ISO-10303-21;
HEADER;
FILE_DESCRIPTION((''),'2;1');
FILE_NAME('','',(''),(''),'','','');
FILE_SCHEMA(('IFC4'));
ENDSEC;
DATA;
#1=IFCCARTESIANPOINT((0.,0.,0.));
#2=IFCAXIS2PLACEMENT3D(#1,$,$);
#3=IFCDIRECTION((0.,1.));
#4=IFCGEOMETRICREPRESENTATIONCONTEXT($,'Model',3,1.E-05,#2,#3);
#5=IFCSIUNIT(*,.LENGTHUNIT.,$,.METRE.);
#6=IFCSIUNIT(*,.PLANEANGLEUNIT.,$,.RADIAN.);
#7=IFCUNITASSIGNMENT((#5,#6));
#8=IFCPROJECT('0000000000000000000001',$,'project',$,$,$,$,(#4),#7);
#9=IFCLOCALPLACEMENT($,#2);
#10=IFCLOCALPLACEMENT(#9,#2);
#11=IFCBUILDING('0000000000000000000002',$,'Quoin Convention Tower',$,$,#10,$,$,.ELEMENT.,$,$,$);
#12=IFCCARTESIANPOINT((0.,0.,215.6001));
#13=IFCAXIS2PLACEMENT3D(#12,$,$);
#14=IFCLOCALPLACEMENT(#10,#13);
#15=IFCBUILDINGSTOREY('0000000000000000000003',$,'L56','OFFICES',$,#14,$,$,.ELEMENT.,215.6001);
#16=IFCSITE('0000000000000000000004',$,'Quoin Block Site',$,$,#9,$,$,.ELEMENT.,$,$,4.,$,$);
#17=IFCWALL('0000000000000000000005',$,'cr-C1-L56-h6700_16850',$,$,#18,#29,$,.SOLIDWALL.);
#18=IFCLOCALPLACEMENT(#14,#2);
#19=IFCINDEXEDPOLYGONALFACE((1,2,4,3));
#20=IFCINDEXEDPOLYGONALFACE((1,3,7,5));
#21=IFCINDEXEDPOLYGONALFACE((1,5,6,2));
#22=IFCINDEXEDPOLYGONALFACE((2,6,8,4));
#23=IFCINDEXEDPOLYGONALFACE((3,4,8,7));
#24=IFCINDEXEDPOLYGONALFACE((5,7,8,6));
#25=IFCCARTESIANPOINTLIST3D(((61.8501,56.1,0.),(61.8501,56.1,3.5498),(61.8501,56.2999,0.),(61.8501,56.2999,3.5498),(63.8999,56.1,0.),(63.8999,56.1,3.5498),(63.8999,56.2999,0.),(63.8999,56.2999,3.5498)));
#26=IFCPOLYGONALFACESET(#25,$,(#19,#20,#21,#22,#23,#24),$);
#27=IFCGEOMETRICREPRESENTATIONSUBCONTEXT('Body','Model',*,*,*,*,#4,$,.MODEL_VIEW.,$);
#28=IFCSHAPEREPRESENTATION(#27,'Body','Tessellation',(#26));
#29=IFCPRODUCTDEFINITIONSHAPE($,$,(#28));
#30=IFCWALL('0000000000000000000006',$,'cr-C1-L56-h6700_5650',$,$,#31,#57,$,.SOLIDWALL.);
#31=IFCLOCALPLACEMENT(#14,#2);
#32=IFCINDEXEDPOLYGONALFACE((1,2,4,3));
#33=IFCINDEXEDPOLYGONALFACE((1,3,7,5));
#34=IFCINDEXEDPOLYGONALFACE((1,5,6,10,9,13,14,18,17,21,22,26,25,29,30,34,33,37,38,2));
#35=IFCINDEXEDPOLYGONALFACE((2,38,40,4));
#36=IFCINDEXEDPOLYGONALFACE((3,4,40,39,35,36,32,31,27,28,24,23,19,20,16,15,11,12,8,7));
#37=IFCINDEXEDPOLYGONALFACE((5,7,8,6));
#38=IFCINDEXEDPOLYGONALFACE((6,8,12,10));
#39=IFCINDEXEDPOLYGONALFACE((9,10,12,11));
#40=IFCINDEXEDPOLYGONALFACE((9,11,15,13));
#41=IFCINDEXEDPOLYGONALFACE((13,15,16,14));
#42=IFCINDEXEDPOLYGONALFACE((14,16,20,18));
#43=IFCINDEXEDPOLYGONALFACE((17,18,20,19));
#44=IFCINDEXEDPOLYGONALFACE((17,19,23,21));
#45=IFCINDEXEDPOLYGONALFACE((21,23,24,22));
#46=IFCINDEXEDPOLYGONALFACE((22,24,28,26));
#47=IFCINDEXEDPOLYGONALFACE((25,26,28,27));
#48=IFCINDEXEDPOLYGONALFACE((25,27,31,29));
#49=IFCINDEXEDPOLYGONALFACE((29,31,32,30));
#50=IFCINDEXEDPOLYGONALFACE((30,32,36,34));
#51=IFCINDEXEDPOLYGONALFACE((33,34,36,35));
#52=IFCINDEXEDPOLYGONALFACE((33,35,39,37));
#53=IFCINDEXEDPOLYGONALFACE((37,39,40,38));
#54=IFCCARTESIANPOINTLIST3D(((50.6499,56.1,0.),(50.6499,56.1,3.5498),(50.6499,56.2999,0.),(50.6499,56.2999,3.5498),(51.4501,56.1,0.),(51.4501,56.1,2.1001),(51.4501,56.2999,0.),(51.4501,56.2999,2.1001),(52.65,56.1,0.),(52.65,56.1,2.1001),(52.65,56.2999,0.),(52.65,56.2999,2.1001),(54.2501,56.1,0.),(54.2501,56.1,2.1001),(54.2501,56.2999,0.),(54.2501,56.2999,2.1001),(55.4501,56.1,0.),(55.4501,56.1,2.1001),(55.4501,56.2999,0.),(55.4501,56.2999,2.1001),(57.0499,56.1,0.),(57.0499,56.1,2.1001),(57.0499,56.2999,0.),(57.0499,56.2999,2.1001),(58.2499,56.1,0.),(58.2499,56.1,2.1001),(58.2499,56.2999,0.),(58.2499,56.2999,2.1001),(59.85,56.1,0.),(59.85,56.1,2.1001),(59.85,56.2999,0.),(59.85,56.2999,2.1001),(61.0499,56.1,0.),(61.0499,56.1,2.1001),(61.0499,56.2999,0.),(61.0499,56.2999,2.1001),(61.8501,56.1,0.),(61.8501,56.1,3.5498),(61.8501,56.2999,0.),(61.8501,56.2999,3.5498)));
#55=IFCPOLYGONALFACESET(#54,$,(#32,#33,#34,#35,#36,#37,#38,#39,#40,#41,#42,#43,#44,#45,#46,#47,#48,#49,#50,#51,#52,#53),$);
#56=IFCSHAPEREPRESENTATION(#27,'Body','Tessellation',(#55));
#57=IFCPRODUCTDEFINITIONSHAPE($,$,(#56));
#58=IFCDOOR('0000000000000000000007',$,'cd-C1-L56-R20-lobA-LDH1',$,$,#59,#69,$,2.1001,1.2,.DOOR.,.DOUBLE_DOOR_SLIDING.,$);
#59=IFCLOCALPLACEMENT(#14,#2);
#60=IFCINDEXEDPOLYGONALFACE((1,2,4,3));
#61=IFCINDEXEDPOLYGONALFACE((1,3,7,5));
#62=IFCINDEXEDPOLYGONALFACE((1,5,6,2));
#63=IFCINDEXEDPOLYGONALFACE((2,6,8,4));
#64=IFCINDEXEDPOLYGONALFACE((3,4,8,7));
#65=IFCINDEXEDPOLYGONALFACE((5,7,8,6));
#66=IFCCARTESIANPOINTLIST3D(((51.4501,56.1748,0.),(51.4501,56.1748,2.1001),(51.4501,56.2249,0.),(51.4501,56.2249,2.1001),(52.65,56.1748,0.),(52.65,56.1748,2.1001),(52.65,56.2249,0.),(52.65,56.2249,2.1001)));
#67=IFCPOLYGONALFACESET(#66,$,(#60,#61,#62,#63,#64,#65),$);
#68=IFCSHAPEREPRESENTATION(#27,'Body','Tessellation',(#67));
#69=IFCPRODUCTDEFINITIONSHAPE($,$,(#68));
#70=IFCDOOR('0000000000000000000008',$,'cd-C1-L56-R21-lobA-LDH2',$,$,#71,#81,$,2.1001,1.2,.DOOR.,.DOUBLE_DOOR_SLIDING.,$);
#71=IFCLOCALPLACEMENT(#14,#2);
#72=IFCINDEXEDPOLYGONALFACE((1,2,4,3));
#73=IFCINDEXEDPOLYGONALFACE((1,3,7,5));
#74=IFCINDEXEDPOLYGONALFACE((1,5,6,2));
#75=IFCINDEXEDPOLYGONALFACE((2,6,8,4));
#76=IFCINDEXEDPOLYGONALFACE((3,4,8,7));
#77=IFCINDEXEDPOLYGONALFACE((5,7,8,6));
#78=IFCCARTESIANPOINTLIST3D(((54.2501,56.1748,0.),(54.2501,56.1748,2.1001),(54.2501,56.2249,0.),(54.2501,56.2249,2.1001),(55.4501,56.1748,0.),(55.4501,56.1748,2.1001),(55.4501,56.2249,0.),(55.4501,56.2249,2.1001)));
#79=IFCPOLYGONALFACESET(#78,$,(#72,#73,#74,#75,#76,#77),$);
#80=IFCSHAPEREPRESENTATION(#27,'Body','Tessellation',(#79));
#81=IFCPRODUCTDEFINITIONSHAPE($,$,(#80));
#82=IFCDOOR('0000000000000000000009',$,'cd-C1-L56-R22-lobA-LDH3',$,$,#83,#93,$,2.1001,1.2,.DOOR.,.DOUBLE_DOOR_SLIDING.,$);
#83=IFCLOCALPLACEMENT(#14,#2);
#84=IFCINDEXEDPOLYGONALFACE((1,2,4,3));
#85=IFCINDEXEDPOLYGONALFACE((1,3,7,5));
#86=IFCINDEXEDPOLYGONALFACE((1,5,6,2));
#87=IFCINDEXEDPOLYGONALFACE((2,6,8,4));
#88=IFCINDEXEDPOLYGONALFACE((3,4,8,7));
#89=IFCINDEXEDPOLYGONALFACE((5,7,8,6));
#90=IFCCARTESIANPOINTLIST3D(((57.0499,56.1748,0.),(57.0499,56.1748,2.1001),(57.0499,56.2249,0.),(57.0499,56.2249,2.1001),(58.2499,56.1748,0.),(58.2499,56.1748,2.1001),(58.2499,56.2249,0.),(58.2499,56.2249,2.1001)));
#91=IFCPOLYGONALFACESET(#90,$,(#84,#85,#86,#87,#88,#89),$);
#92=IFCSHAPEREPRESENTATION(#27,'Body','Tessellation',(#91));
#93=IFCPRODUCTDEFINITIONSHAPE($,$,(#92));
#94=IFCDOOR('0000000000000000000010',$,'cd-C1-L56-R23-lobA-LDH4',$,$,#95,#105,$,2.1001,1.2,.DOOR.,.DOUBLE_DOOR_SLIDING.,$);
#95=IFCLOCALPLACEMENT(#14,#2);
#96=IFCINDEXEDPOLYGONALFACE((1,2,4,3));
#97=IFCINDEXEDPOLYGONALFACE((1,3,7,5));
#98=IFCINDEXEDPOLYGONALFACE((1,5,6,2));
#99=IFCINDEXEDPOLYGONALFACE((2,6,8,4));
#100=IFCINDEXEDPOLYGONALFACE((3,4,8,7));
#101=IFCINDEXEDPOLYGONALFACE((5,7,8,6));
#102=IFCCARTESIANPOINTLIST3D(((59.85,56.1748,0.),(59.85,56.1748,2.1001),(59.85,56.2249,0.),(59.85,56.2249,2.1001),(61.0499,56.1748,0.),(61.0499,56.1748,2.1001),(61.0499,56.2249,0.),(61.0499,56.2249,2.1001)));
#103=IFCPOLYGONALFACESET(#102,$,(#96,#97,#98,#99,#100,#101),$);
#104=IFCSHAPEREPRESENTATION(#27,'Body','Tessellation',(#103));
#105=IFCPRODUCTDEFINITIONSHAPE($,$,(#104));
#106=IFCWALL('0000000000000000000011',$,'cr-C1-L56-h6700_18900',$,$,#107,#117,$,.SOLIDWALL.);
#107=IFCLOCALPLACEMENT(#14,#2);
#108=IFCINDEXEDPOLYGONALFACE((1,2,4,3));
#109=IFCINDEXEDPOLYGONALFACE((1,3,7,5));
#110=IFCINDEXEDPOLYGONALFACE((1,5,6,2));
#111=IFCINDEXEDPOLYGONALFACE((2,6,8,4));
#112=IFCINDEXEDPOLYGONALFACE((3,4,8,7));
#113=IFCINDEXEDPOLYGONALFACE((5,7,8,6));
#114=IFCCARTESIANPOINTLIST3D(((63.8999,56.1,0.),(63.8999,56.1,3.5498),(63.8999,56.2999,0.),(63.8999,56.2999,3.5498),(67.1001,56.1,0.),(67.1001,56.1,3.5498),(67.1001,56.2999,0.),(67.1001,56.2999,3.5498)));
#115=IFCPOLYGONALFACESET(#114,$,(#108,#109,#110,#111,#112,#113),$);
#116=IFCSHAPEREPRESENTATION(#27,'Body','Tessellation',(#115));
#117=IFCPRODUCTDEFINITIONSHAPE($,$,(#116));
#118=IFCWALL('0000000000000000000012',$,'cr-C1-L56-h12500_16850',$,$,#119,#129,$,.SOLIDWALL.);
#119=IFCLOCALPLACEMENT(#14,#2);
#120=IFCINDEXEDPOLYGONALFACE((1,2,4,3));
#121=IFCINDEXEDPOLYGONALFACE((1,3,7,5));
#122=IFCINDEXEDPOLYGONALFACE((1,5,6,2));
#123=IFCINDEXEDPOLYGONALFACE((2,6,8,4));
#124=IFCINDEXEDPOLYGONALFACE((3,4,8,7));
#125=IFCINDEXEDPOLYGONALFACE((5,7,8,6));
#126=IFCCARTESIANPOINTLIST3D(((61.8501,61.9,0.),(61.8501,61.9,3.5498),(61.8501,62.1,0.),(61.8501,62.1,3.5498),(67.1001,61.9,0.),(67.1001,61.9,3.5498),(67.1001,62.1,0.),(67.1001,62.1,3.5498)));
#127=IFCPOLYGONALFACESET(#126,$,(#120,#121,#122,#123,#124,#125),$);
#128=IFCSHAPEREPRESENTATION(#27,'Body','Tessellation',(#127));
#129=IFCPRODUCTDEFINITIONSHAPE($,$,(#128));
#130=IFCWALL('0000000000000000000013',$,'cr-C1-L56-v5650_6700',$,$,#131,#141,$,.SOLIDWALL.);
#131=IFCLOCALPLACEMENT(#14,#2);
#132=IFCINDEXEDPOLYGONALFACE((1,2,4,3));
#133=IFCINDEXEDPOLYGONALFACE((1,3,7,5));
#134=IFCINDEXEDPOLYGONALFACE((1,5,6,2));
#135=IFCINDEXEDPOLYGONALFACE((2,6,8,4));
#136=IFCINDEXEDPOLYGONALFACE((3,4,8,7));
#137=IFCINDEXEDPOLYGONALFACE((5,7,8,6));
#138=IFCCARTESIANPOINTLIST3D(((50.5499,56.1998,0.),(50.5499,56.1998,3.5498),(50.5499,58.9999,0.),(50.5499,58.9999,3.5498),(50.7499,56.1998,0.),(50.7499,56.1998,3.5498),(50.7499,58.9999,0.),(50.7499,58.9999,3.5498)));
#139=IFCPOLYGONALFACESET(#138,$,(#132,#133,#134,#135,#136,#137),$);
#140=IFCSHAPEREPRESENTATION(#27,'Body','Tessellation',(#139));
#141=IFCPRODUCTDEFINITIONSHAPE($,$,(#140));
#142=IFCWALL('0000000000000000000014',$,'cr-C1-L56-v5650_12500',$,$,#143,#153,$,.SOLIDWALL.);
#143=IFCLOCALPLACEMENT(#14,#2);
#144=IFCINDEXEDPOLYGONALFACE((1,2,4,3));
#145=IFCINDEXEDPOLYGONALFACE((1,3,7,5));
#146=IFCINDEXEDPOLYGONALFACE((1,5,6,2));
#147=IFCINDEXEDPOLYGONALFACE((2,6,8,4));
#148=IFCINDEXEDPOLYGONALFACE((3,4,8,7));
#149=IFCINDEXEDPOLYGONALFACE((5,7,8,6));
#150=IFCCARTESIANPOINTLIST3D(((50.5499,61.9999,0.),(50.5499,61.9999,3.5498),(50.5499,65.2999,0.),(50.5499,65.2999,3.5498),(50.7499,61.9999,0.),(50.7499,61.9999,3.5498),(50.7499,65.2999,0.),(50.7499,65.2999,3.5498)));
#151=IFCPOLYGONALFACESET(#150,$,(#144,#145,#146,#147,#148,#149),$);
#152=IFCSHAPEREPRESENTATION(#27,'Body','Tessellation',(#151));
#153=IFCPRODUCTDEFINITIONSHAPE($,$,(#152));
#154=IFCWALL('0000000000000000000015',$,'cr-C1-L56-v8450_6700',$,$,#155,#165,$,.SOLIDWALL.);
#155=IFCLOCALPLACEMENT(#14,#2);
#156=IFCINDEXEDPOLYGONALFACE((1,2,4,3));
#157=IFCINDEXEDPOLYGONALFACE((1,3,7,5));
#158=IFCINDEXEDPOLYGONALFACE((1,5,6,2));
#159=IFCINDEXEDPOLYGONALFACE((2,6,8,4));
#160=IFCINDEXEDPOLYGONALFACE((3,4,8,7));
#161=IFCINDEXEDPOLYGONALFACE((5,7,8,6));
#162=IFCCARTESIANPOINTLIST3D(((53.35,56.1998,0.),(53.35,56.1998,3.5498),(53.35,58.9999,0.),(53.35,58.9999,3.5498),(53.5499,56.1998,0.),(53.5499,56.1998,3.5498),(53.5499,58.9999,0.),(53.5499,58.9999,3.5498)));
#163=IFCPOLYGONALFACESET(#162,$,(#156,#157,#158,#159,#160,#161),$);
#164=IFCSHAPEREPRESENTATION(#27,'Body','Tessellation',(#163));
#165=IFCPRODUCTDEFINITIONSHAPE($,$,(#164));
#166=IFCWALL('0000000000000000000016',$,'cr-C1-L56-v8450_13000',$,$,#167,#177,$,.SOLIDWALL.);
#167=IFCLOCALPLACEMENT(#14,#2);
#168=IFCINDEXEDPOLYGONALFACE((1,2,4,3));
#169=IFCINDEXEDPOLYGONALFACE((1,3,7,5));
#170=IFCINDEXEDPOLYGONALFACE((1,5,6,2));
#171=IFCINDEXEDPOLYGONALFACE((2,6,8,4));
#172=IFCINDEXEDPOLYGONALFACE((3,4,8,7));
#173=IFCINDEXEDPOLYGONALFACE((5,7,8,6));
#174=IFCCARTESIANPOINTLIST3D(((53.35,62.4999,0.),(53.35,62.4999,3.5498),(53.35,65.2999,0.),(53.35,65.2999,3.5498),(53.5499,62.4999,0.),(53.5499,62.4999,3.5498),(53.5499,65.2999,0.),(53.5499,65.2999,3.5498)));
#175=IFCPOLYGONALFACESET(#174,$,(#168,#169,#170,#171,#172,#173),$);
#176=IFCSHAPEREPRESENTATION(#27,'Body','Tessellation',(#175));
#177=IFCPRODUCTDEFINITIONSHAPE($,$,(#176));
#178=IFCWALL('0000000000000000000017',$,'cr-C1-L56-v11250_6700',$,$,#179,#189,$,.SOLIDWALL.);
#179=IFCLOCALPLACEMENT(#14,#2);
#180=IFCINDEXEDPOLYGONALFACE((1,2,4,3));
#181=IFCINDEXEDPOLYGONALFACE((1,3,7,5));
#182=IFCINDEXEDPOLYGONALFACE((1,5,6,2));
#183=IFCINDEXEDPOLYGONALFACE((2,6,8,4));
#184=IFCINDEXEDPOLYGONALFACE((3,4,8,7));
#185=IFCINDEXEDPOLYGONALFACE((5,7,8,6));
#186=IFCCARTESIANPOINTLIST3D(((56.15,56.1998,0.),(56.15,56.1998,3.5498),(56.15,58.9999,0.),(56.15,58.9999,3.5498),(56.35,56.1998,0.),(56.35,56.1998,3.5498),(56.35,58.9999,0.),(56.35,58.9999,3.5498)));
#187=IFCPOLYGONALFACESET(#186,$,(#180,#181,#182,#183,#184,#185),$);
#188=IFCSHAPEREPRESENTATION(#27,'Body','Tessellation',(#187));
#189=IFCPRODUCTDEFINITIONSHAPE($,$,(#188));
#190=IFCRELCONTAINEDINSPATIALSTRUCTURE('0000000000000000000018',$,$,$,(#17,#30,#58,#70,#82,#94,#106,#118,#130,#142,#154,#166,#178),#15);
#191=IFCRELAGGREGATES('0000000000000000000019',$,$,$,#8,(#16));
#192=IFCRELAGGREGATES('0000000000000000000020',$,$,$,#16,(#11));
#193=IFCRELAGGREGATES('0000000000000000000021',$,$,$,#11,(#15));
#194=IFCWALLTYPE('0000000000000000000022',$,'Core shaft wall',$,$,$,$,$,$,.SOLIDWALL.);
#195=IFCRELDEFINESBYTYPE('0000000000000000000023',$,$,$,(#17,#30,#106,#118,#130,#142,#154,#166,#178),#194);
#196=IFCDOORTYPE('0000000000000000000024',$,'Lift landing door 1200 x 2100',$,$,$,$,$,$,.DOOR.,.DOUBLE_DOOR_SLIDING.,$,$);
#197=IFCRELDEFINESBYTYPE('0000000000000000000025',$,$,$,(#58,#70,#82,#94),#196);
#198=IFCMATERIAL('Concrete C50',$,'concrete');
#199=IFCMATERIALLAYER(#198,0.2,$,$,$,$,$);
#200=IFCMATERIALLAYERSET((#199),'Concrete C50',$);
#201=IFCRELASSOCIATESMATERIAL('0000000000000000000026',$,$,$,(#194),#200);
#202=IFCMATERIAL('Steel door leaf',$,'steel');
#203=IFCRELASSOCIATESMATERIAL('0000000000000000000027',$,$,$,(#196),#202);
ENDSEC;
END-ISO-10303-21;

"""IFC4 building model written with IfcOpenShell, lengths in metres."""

from ifc_helpers import new_model, si_unit, direction, frame, frame_2d, origin, place, context, subcontext, project, spatial, rectangle, extrude, material, layer, layer_set, type_object, element, fill, save


model = new_model("IFC4")

# Units and contexts
model_context = context("Model", 3, precision=1e-05, world=origin(), true_north=direction((0.0, 1.0)))
body_context = subcontext(model_context, "Body", "Model", "MODEL_VIEW")
ifc_project = project(units=[si_unit("LENGTHUNIT", "METRE"), si_unit("PLANEANGLEUNIT", "RADIAN")], contexts=[model_context])

# Site, building, storey
site_placement = place(None, origin())
site = spatial("IfcSite", under=ifc_project, at=site_placement, Name="Quoin Block Site", CompositionType="ELEMENT", RefElevation=4.0)
building_placement = place(site_placement, origin())
building = spatial("IfcBuilding", under=site, at=building_placement, Name="Quoin Convention Tower", CompositionType="ELEMENT")
storey_placement = place(building_placement, frame((0.0, 0.0, 215.6001)))
storey = spatial("IfcBuildingStorey", under=building, at=storey_placement, Name="L56", Description="OFFICES", CompositionType="ELEMENT", Elevation=215.6001)

# Wall
ifc_material_1 = material(Name="Concrete C50", Category="concrete")
ifc_layer_1 = layer(ifc_material_1, 0.2)
ifc_layer_set_1 = layer_set([ifc_layer_1], Name="Concrete C50")
wall_type_1 = type_object("IfcWallType", Name="Core shaft wall", PredefinedType="SOLIDWALL", material=ifc_layer_set_1)
wall_1_placement = place(storey_placement, frame((61.8501, 56.2, 0.0), z_axis=(0.0, 0.0, 1.0), x_axis=(1.0, 0.0, 0.0)))
element("IfcWall", 1, at=wall_1_placement, inside=storey, type_object=wall_type_1, Name="cr-C1-L56-h6700_16850", PredefinedType="SOLIDWALL", context=body_context, shape_type="SweptSolid", body=[
    extrude(rectangle(XDim=2.0498, YDim=0.2, at=frame_2d((1.0249, 0.0))), origin(), (0.0, 0.0, 1.0), 3.5498),
])

# Wall, openings, doors
wall_2_placement = place(storey_placement, frame((50.6499, 56.2, 0.0), z_axis=(0.0, 0.0, 1.0), x_axis=(1.0, 0.0, 0.0)))
wall_2 = element("IfcWall", 2, at=wall_2_placement, inside=storey, type_object=wall_type_1, Name="cr-C1-L56-h6700_5650", PredefinedType="SOLIDWALL", context=body_context, shape_type="SweptSolid", body=[
    extrude(rectangle(XDim=11.2002, YDim=0.2, at=frame_2d((5.6001, 0.0))), origin(), (0.0, 0.0, 1.0), 3.5498),
])
opening_1_placement = place(wall_2_placement, frame((0.8, 0.0, 0.0)))
opening_1 = element("IfcOpeningElement", 3, at=opening_1_placement, cuts=wall_2, PredefinedType="OPENING", context=body_context, shape_type="SweptSolid", body=[
    extrude(rectangle(XDim=1.2, YDim=2.1001, at=frame_2d((0.6001, 1.05))), frame((0.0, 0.1099, 0.0), z_axis=(0.0, -1.0, 0.0), x_axis=(1.0, 0.0, 0.0)), (0.0, 0.0, 1.0), 0.22),
])
opening_2_placement = place(wall_2_placement, frame((3.6001, 0.0, 0.0)))
opening_2 = element("IfcOpeningElement", 4, at=opening_2_placement, cuts=wall_2, PredefinedType="OPENING", context=body_context, shape_type="SweptSolid", body=[
    extrude(rectangle(XDim=1.2, YDim=2.1001, at=frame_2d((0.6001, 1.05))), frame((0.0, 0.1099, 0.0), z_axis=(0.0, -1.0, 0.0), x_axis=(1.0, 0.0, 0.0)), (0.0, 0.0, 1.0), 0.22),
])
opening_3_placement = place(wall_2_placement, frame((6.3999, 0.0, 0.0)))
opening_3 = element("IfcOpeningElement", 5, at=opening_3_placement, cuts=wall_2, PredefinedType="OPENING", context=body_context, shape_type="SweptSolid", body=[
    extrude(rectangle(XDim=1.2, YDim=2.1001, at=frame_2d((0.6001, 1.05))), frame((0.0, 0.1099, 0.0), z_axis=(0.0, -1.0, 0.0), x_axis=(1.0, 0.0, 0.0)), (0.0, 0.0, 1.0), 0.22),
])
opening_4_placement = place(wall_2_placement, frame((9.2, 0.0, 0.0)))
opening_4 = element("IfcOpeningElement", 6, at=opening_4_placement, cuts=wall_2, PredefinedType="OPENING", context=body_context, shape_type="SweptSolid", body=[
    extrude(rectangle(XDim=1.2, YDim=2.1001, at=frame_2d((0.6001, 1.05))), frame((0.0, 0.1099, 0.0), z_axis=(0.0, -1.0, 0.0), x_axis=(1.0, 0.0, 0.0)), (0.0, 0.0, 1.0), 0.22),
])
ifc_material_2 = material(Name="Steel door leaf", Category="steel")
door_type_1 = type_object("IfcDoorType", Name="Lift landing door 1200 x 2100", OperationType="DOUBLE_DOOR_SLIDING", PredefinedType="DOOR", material=ifc_material_2)
door_1_placement = place(opening_1_placement, origin())
door_1 = element("IfcDoor", 7, at=door_1_placement, inside=storey, type_object=door_type_1, Name="cd-C1-L56-R20-lobA-LDH1", OperationType="DOUBLE_DOOR_SLIDING", OverallHeight=2.1001, OverallWidth=1.2, PredefinedType="DOOR", context=body_context, shape_type="SweptSolid", body=[
    extrude(rectangle(XDim=1.2, YDim=2.1001, at=frame_2d((0.6001, 1.05))), frame((0.0, 0.0249, 0.0), z_axis=(0.0, -1.0, 0.0), x_axis=(1.0, 0.0, 0.0)), (0.0, 0.0, 1.0), 0.05),
])
fill(opening_1, door_1)
door_2_placement = place(opening_2_placement, origin())
door_2 = element("IfcDoor", 8, at=door_2_placement, inside=storey, type_object=door_type_1, Name="cd-C1-L56-R21-lobA-LDH2", OperationType="DOUBLE_DOOR_SLIDING", OverallHeight=2.1001, OverallWidth=1.2, PredefinedType="DOOR", context=body_context, shape_type="SweptSolid", body=[
    extrude(rectangle(XDim=1.2, YDim=2.1001, at=frame_2d((0.6001, 1.05))), frame((0.0, 0.0249, 0.0), z_axis=(0.0, -1.0, 0.0), x_axis=(1.0, 0.0, 0.0)), (0.0, 0.0, 1.0), 0.05),
])
fill(opening_2, door_2)
door_3_placement = place(opening_3_placement, origin())
door_3 = element("IfcDoor", 9, at=door_3_placement, inside=storey, type_object=door_type_1, Name="cd-C1-L56-R22-lobA-LDH3", OperationType="DOUBLE_DOOR_SLIDING", OverallHeight=2.1001, OverallWidth=1.2, PredefinedType="DOOR", context=body_context, shape_type="SweptSolid", body=[
    extrude(rectangle(XDim=1.2, YDim=2.1001, at=frame_2d((0.6001, 1.05))), frame((0.0, 0.0249, 0.0), z_axis=(0.0, -1.0, 0.0), x_axis=(1.0, 0.0, 0.0)), (0.0, 0.0, 1.0), 0.05),
])
fill(opening_3, door_3)
door_4_placement = place(opening_4_placement, origin())
door_4 = element("IfcDoor", 10, at=door_4_placement, inside=storey, type_object=door_type_1, Name="cd-C1-L56-R23-lobA-LDH4", OperationType="DOUBLE_DOOR_SLIDING", OverallHeight=2.1001, OverallWidth=1.2, PredefinedType="DOOR", context=body_context, shape_type="SweptSolid", body=[
    extrude(rectangle(XDim=1.2, YDim=2.1001, at=frame_2d((0.6001, 1.05))), frame((0.0, 0.0249, 0.0), z_axis=(0.0, -1.0, 0.0), x_axis=(1.0, 0.0, 0.0)), (0.0, 0.0, 1.0), 0.05),
])
fill(opening_4, door_4)

# Walls
wall_3_placement = place(storey_placement, frame((63.8999, 56.2, 0.0), z_axis=(0.0, 0.0, 1.0), x_axis=(1.0, 0.0, 0.0)))
element("IfcWall", 11, at=wall_3_placement, inside=storey, type_object=wall_type_1, Name="cr-C1-L56-h6700_18900", PredefinedType="SOLIDWALL", context=body_context, shape_type="SweptSolid", body=[
    extrude(rectangle(XDim=3.2002, YDim=0.2, at=frame_2d((1.6001, 0.0))), origin(), (0.0, 0.0, 1.0), 3.5498),
])
wall_4_placement = place(storey_placement, frame((61.8501, 62.0, 0.0), z_axis=(0.0, 0.0, 1.0), x_axis=(1.0, 0.0, 0.0)))
element("IfcWall", 12, at=wall_4_placement, inside=storey, type_object=wall_type_1, Name="cr-C1-L56-h12500_16850", PredefinedType="SOLIDWALL", context=body_context, shape_type="SweptSolid", body=[
    extrude(rectangle(XDim=5.25, YDim=0.2, at=frame_2d((2.625, 0.0))), origin(), (0.0, 0.0, 1.0), 3.5498),
])
wall_5_placement = place(storey_placement, frame((50.6499, 56.2, 0.0), z_axis=(0.0, 0.0, 1.0), x_axis=(0.0, 1.0, 0.0)))
element("IfcWall", 13, at=wall_5_placement, inside=storey, type_object=wall_type_1, Name="cr-C1-L56-v5650_6700", PredefinedType="SOLIDWALL", context=body_context, shape_type="SweptSolid", body=[
    extrude(rectangle(XDim=2.8, YDim=0.2, at=frame_2d((1.3999, 0.0))), origin(), (0.0, 0.0, 1.0), 3.5498),
])
wall_6_placement = place(storey_placement, frame((50.6499, 62.0, 0.0), z_axis=(0.0, 0.0, 1.0), x_axis=(0.0, 1.0, 0.0)))
element("IfcWall", 14, at=wall_6_placement, inside=storey, type_object=wall_type_1, Name="cr-C1-L56-v5650_12500", PredefinedType="SOLIDWALL", context=body_context, shape_type="SweptSolid", body=[
    extrude(rectangle(XDim=3.3, YDim=0.2, at=frame_2d((1.6499, 0.0))), origin(), (0.0, 0.0, 1.0), 3.5498),
])
for number, where, z_axis, x_axis, name in (
    (15, (53.45, 56.2, 0.0), (0.0, 0.0, 1.0), (0.0, 1.0, 0.0), "cr-C1-L56-v8450_6700"),
    (16, (53.45, 62.5, 0.0), (0.0, 0.0, 1.0), (0.0, 1.0, 0.0), "cr-C1-L56-v8450_13000"),
    (17, (56.25, 56.2, 0.0), (0.0, 0.0, 1.0), (0.0, 1.0, 0.0), "cr-C1-L56-v11250_6700"),
):
    element("IfcWall", number, at=place(storey_placement, frame(where, z_axis=z_axis, x_axis=x_axis)), inside=storey, type_object=wall_type_1, Name=name, PredefinedType="SOLIDWALL", context=body_context, shape_type="SweptSolid", body=[
        extrude(rectangle(XDim=2.8, YDim=0.2, at=frame_2d((1.3999, 0.0))), origin(), (0.0, 0.0, 1.0), 3.5498),
    ])

save(model, "model.ifc")
